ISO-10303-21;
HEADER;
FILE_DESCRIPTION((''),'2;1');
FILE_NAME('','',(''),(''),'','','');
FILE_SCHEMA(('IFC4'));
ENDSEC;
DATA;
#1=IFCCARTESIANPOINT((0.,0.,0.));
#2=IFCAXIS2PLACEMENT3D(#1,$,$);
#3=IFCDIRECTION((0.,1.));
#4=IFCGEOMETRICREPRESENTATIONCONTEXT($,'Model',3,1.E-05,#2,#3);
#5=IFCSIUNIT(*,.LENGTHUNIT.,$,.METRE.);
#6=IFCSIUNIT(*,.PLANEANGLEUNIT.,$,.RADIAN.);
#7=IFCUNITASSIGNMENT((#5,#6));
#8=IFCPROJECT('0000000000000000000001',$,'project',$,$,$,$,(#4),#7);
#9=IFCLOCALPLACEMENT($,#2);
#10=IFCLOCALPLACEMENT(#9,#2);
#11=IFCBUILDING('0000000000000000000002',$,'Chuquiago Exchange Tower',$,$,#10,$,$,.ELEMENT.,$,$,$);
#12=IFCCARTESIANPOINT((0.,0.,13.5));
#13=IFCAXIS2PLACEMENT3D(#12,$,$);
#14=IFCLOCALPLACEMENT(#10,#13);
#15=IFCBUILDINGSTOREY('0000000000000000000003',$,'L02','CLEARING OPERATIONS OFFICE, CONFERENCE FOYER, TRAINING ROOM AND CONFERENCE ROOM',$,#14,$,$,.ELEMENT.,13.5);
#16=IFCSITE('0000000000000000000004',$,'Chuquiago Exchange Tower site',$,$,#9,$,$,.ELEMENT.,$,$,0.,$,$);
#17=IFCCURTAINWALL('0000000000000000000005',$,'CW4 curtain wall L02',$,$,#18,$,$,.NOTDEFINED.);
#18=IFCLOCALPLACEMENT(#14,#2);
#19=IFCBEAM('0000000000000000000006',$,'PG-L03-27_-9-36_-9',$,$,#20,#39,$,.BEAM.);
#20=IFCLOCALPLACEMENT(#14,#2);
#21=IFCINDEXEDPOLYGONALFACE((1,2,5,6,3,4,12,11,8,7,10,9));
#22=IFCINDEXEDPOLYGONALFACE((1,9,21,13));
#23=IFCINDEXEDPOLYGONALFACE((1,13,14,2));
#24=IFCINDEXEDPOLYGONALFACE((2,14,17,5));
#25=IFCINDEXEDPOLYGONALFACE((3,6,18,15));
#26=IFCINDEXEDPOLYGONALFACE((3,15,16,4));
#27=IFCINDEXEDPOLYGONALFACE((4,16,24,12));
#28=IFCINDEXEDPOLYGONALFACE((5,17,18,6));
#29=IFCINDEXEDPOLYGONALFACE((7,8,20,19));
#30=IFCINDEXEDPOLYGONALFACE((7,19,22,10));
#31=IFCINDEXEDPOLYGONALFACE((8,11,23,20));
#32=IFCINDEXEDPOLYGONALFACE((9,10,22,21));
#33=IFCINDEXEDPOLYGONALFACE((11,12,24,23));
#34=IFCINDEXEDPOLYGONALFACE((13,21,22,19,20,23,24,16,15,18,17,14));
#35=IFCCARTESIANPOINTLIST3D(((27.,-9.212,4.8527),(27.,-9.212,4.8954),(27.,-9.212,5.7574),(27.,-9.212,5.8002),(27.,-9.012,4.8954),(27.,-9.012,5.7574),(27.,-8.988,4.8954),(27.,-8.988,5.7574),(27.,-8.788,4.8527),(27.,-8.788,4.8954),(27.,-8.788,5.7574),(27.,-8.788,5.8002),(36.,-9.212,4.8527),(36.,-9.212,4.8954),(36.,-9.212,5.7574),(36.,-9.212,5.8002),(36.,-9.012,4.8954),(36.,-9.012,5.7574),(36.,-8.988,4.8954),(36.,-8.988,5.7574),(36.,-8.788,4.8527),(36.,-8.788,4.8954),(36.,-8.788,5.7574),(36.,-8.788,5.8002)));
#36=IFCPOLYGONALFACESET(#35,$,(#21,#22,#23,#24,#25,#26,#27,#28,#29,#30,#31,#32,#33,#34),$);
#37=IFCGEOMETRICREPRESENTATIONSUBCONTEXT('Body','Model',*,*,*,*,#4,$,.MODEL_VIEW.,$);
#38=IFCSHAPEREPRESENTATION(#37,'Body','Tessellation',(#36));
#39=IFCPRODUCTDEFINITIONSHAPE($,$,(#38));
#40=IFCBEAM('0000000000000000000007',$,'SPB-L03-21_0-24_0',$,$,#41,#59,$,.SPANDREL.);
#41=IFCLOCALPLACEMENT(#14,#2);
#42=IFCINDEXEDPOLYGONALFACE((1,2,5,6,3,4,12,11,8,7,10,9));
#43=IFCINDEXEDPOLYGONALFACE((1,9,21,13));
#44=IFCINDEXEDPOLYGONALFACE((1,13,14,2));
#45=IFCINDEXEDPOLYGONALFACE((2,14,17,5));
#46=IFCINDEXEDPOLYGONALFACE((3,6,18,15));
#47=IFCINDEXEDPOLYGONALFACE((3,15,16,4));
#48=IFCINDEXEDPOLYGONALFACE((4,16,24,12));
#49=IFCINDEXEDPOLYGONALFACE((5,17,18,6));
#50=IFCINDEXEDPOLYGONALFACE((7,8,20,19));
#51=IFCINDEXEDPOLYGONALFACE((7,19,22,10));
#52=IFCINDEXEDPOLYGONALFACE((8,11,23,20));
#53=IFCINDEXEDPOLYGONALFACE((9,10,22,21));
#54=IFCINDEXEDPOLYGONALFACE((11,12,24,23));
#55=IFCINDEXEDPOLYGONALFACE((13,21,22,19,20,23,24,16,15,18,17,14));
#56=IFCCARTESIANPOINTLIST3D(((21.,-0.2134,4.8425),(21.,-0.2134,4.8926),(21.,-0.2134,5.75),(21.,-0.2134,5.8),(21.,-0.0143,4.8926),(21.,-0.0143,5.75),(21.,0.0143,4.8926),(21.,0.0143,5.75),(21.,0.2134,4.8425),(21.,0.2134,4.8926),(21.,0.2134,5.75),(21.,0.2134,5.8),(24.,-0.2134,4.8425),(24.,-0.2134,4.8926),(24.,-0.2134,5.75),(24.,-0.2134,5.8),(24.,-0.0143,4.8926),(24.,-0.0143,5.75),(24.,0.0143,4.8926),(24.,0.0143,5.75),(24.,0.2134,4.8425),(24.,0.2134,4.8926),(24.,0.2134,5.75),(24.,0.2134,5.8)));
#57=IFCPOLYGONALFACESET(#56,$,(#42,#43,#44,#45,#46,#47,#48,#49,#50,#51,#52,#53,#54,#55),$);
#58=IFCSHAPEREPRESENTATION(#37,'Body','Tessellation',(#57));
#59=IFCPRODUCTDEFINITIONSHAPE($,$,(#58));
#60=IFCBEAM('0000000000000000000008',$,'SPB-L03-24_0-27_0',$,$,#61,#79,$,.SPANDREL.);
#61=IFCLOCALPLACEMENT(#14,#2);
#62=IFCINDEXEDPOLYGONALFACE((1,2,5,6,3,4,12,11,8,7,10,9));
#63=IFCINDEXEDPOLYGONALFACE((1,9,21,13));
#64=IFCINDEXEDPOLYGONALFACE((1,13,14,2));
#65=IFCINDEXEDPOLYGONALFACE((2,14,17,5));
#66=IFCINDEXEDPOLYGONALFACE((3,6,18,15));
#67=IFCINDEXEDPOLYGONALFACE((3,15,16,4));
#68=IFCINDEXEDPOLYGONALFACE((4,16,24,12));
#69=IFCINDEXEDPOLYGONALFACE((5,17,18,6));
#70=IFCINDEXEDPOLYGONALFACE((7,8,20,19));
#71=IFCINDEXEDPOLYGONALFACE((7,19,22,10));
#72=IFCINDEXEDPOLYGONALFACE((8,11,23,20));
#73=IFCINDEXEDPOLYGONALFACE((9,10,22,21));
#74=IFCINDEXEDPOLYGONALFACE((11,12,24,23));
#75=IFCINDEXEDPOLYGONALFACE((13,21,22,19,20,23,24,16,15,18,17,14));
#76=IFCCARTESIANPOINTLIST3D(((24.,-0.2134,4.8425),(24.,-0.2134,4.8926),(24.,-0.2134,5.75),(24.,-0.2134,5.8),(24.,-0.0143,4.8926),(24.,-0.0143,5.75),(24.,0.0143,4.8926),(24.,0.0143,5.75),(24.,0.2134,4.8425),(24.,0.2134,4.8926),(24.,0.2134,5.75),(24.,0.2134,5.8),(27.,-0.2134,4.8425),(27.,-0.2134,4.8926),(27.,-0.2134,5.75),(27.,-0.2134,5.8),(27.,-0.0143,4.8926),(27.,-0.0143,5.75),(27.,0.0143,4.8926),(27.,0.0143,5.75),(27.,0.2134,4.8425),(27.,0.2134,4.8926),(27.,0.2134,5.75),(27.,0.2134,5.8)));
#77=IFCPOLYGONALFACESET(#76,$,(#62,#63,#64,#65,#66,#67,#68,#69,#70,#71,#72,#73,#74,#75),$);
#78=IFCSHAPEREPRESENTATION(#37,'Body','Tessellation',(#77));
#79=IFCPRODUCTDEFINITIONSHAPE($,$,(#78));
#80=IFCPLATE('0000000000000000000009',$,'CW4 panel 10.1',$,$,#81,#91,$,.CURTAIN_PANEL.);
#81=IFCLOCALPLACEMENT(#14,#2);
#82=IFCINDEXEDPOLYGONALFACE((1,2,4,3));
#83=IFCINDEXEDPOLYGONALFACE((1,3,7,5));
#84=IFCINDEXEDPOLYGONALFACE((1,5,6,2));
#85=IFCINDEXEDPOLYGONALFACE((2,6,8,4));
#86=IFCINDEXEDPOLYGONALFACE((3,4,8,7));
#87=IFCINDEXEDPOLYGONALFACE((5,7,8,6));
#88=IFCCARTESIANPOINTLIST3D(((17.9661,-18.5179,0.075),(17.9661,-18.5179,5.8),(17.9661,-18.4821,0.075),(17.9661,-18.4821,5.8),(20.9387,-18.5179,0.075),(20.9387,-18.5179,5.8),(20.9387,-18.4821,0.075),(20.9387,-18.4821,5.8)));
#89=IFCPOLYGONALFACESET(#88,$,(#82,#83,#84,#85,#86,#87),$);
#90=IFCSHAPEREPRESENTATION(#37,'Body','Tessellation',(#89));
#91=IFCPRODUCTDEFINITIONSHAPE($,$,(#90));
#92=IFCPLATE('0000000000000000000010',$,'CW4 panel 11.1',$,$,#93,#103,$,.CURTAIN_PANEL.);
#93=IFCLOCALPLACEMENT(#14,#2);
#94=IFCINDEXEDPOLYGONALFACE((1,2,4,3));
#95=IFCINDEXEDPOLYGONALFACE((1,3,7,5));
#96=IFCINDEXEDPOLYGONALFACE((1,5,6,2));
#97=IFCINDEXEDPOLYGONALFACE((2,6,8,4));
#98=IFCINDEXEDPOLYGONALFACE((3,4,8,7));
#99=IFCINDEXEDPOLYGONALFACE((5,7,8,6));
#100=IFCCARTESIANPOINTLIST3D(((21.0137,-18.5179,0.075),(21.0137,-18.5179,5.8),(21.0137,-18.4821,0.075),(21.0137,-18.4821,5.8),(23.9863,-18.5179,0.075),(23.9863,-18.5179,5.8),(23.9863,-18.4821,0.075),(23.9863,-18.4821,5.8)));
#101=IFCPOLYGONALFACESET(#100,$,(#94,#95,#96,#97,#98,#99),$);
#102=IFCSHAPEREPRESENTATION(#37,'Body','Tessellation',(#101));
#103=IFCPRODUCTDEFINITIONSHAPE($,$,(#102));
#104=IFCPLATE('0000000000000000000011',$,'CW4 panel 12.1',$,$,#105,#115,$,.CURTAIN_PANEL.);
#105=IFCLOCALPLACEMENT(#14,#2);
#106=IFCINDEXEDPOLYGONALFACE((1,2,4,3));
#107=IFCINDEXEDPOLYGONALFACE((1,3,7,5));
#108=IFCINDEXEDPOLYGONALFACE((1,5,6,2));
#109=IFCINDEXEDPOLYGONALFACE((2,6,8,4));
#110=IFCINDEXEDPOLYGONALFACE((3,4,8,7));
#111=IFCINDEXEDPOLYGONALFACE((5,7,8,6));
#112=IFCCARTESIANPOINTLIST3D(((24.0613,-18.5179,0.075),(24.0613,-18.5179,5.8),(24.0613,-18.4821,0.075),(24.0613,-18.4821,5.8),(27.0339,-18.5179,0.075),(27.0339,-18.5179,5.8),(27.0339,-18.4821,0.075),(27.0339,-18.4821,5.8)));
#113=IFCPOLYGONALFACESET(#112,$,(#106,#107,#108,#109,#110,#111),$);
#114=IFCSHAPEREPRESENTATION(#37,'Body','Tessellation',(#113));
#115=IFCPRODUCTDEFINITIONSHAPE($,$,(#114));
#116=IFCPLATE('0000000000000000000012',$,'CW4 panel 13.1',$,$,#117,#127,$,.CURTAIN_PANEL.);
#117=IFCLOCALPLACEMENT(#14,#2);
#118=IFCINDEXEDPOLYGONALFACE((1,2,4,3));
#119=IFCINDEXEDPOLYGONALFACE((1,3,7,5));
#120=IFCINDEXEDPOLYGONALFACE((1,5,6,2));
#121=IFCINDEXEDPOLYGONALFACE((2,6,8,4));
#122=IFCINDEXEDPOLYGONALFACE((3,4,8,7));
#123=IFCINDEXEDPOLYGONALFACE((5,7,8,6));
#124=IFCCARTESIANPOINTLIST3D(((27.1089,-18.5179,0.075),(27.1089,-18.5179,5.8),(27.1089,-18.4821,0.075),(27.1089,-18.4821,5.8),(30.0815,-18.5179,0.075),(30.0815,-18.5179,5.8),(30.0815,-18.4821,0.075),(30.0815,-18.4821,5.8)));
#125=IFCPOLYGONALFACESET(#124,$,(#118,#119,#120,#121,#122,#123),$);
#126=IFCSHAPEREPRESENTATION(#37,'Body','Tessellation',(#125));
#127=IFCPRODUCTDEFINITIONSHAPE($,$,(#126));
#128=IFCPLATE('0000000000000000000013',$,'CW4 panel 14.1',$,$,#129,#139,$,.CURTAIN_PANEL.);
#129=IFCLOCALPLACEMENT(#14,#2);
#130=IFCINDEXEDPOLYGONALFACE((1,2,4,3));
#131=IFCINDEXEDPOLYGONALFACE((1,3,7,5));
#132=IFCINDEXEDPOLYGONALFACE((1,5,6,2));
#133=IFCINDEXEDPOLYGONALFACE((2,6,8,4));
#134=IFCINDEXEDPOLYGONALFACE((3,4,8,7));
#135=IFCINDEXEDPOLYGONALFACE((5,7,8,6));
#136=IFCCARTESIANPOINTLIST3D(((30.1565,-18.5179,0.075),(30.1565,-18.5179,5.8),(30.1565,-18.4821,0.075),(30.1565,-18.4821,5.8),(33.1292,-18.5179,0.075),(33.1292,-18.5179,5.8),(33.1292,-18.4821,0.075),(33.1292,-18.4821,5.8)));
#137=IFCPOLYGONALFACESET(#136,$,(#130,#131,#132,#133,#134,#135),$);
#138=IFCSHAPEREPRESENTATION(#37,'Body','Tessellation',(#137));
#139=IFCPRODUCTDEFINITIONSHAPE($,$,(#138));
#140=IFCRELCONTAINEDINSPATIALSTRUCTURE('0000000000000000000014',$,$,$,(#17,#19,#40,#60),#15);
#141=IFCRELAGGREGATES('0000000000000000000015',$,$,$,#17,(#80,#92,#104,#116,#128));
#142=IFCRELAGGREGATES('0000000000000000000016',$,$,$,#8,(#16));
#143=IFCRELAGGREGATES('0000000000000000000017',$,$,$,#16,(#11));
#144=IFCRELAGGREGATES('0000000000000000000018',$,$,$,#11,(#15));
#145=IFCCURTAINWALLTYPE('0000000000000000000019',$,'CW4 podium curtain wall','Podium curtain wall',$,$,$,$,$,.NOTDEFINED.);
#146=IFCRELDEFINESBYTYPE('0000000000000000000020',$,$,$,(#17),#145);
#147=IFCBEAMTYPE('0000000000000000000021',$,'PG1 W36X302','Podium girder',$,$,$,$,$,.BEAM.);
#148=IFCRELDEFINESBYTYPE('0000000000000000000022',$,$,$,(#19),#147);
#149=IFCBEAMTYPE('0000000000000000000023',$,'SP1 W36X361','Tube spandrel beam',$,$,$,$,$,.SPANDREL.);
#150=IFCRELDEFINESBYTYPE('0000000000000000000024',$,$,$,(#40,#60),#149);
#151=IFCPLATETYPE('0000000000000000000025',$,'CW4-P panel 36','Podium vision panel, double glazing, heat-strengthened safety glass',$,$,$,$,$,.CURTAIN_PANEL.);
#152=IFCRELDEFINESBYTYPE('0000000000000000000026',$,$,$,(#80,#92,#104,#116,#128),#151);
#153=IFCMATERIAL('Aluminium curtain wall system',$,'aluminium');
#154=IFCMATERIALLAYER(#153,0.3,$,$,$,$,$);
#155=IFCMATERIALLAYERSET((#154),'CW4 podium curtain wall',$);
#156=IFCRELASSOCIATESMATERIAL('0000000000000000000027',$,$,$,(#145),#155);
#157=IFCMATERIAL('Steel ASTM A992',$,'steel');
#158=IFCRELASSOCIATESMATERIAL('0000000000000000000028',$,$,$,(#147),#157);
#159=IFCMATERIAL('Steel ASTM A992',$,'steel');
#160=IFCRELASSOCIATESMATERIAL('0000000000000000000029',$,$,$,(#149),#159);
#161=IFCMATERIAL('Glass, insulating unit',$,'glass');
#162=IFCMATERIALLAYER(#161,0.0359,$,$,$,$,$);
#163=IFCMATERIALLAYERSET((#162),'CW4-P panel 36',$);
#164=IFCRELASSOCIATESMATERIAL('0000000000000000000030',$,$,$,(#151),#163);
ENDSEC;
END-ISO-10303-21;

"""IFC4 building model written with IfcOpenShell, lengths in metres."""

from ifc_helpers import new_model, si_unit, direction, frame, origin, origin_2d, place, context, subcontext, project, spatial, rectangle, i_section, extrude, material, layer, layer_set, material_profile, profile_set, type_object, element, aggregate, save


model = new_model("IFC4")

# Units and contexts
model_context = context("Model", 3, precision=1e-05, world=origin(), true_north=direction((0.0, 1.0)))
body_context = subcontext(model_context, "Body", "Model", "MODEL_VIEW")
ifc_project = project(units=[si_unit("LENGTHUNIT", "METRE"), si_unit("PLANEANGLEUNIT", "RADIAN")], contexts=[model_context])

# Site, building, storey
site_placement = place(None, origin())
site = spatial("IfcSite", under=ifc_project, at=site_placement, Name="Chuquiago Exchange Tower site", CompositionType="ELEMENT", RefElevation=0.0)
building_placement = place(site_placement, origin())
building = spatial("IfcBuilding", under=site, at=building_placement, Name="Chuquiago Exchange Tower", CompositionType="ELEMENT")
storey_placement = place(building_placement, frame((0.0, 0.0, 13.5)))
storey = spatial("IfcBuildingStorey", under=building, at=storey_placement, Name="L02", Description="CLEARING OPERATIONS OFFICE, CONFERENCE FOYER, TRAINING ROOM AND CONFERENCE ROOM", CompositionType="ELEMENT", Elevation=13.5)

# Curtain wall
ifc_material_1 = material(Name="Aluminium curtain wall system", Category="aluminium")
ifc_layer_1 = layer(ifc_material_1, 0.3)
ifc_layer_set_1 = layer_set([ifc_layer_1], Name="CW4 podium curtain wall")
curtain_wall_type = type_object("IfcCurtainWallType", Name="CW4 podium curtain wall", Description="Podium curtain wall", PredefinedType="NOTDEFINED", material=ifc_layer_set_1)
curtain_wall_placement = place(storey_placement, origin())
curtain_wall = element("IfcCurtainWall", 1, at=curtain_wall_placement, inside=storey, type_object=curtain_wall_type, Name="CW4 curtain wall L02", PredefinedType="NOTDEFINED")

# Beams
ifc_material_2 = material(Name="Steel ASTM A992", Category="steel")
ifc_material_profile_1 = material_profile(ifc_material_2, i_section(OverallWidth=0.4241, OverallDepth=0.9475, WebThickness=0.0239, FlangeThickness=0.0427, at=origin_2d()), Name="W36X302")
ifc_profile_set_1 = profile_set([ifc_material_profile_1], Name="Steel ASTM A992")
beam_type_1 = type_object("IfcBeamType", Name="PG1 W36X302", Description="Podium girder", PredefinedType="BEAM", material=ifc_profile_set_1)
for number, where, z_axis, x_axis, name in (
    (2, (27.0, -9.0, 5.3264), (1.0, 0.0, 0.0), (0.0, 1.0, 0.0), "PG-L03-27_-9-36_-9"),
):
    element("IfcBeam", number, at=place(storey_placement, frame(where, z_axis=z_axis, x_axis=x_axis)), inside=storey, type_object=beam_type_1, Name=name, PredefinedType="BEAM", context=body_context, shape_type="SweptSolid", body=[
        extrude(i_section(OverallWidth=0.4241, OverallDepth=0.9475, WebThickness=0.0239, FlangeThickness=0.0427, at=origin_2d()), origin(), (0.0, 0.0, 1.0), 9.0),
    ])
ifc_material_3 = material(Name="Steel ASTM A992", Category="steel")
ifc_material_profile_2 = material_profile(ifc_material_3, i_section(OverallWidth=0.4268, OverallDepth=0.9575, WebThickness=0.0286, FlangeThickness=0.05, at=origin_2d()), Name="W36X361")
ifc_profile_set_2 = profile_set([ifc_material_profile_2], Name="Steel ASTM A992")
beam_type_2 = type_object("IfcBeamType", Name="SP1 W36X361", Description="Tube spandrel beam", PredefinedType="SPANDREL", material=ifc_profile_set_2)
for number, where, z_axis, x_axis, name in (
    (3, (21.0, 0.0, 5.3213), (1.0, 0.0, 0.0), (0.0, 1.0, 0.0), "SPB-L03-21_0-24_0"),
    (4, (24.0, 0.0, 5.3213), (1.0, 0.0, 0.0), (0.0, 1.0, 0.0), "SPB-L03-24_0-27_0"),
):
    element("IfcBeam", number, at=place(storey_placement, frame(where, z_axis=z_axis, x_axis=x_axis)), inside=storey, type_object=beam_type_2, Name=name, PredefinedType="SPANDREL", context=body_context, shape_type="SweptSolid", body=[
        extrude(i_section(OverallWidth=0.4268, OverallDepth=0.9575, WebThickness=0.0286, FlangeThickness=0.05, at=origin_2d()), origin(), (0.0, 0.0, 1.0), 3.0),
    ])

# Plates
ifc_material_4 = material(Name="Glass, insulating unit", Category="glass")
ifc_layer_2 = layer(ifc_material_4, 0.0359)
ifc_layer_set_2 = layer_set([ifc_layer_2], Name="CW4-P panel 36")
plate_type = type_object("IfcPlateType", Name="CW4-P panel 36", Description="Podium vision panel, double glazing, heat-strengthened safety glass", PredefinedType="CURTAIN_PANEL", material=ifc_layer_set_2)
plate_1_placement = place(storey_placement, frame((19.4524, -18.5, 0.075), z_axis=(0.0, 0.0, 1.0), x_axis=(1.0, 0.0, 0.0)))
plate_1 = element("IfcPlate", 5, at=plate_1_placement, type_object=plate_type, Name="CW4 panel 10.1", PredefinedType="CURTAIN_PANEL", context=body_context, shape_type="SweptSolid", body=[
    extrude(rectangle(XDim=2.9727, YDim=0.0359, at=origin_2d()), origin(), (0.0, 0.0, 1.0), 5.7251),
])
plate_2_placement = place(storey_placement, frame((22.5, -18.5, 0.075), z_axis=(0.0, 0.0, 1.0), x_axis=(1.0, 0.0, 0.0)))
plate_2 = element("IfcPlate", 6, at=plate_2_placement, type_object=plate_type, Name="CW4 panel 11.1", PredefinedType="CURTAIN_PANEL", context=body_context, shape_type="SweptSolid", body=[
    extrude(rectangle(XDim=2.9727, YDim=0.0359, at=origin_2d()), origin(), (0.0, 0.0, 1.0), 5.7251),
])
plate_3_placement = place(storey_placement, frame((25.5476, -18.5, 0.075), z_axis=(0.0, 0.0, 1.0), x_axis=(1.0, 0.0, 0.0)))
plate_3 = element("IfcPlate", 7, at=plate_3_placement, type_object=plate_type, Name="CW4 panel 12.1", PredefinedType="CURTAIN_PANEL", context=body_context, shape_type="SweptSolid", body=[
    extrude(rectangle(XDim=2.9727, YDim=0.0359, at=origin_2d()), origin(), (0.0, 0.0, 1.0), 5.7251),
])
plate_4_placement = place(storey_placement, frame((28.5952, -18.5, 0.075), z_axis=(0.0, 0.0, 1.0), x_axis=(1.0, 0.0, 0.0)))
plate_4 = element("IfcPlate", 8, at=plate_4_placement, type_object=plate_type, Name="CW4 panel 13.1", PredefinedType="CURTAIN_PANEL", context=body_context, shape_type="SweptSolid", body=[
    extrude(rectangle(XDim=2.9727, YDim=0.0359, at=origin_2d()), origin(), (0.0, 0.0, 1.0), 5.7251),
])
plate_5_placement = place(storey_placement, frame((31.6428, -18.5, 0.075), z_axis=(0.0, 0.0, 1.0), x_axis=(1.0, 0.0, 0.0)))
plate_5 = element("IfcPlate", 9, at=plate_5_placement, type_object=plate_type, Name="CW4 panel 14.1", PredefinedType="CURTAIN_PANEL", context=body_context, shape_type="SweptSolid", body=[
    extrude(rectangle(XDim=2.9727, YDim=0.0359, at=origin_2d()), origin(), (0.0, 0.0, 1.0), 5.7251),
])
aggregate(curtain_wall, [plate_1, plate_2, plate_3, plate_4, plate_5])

save(model, "model.ifc")
